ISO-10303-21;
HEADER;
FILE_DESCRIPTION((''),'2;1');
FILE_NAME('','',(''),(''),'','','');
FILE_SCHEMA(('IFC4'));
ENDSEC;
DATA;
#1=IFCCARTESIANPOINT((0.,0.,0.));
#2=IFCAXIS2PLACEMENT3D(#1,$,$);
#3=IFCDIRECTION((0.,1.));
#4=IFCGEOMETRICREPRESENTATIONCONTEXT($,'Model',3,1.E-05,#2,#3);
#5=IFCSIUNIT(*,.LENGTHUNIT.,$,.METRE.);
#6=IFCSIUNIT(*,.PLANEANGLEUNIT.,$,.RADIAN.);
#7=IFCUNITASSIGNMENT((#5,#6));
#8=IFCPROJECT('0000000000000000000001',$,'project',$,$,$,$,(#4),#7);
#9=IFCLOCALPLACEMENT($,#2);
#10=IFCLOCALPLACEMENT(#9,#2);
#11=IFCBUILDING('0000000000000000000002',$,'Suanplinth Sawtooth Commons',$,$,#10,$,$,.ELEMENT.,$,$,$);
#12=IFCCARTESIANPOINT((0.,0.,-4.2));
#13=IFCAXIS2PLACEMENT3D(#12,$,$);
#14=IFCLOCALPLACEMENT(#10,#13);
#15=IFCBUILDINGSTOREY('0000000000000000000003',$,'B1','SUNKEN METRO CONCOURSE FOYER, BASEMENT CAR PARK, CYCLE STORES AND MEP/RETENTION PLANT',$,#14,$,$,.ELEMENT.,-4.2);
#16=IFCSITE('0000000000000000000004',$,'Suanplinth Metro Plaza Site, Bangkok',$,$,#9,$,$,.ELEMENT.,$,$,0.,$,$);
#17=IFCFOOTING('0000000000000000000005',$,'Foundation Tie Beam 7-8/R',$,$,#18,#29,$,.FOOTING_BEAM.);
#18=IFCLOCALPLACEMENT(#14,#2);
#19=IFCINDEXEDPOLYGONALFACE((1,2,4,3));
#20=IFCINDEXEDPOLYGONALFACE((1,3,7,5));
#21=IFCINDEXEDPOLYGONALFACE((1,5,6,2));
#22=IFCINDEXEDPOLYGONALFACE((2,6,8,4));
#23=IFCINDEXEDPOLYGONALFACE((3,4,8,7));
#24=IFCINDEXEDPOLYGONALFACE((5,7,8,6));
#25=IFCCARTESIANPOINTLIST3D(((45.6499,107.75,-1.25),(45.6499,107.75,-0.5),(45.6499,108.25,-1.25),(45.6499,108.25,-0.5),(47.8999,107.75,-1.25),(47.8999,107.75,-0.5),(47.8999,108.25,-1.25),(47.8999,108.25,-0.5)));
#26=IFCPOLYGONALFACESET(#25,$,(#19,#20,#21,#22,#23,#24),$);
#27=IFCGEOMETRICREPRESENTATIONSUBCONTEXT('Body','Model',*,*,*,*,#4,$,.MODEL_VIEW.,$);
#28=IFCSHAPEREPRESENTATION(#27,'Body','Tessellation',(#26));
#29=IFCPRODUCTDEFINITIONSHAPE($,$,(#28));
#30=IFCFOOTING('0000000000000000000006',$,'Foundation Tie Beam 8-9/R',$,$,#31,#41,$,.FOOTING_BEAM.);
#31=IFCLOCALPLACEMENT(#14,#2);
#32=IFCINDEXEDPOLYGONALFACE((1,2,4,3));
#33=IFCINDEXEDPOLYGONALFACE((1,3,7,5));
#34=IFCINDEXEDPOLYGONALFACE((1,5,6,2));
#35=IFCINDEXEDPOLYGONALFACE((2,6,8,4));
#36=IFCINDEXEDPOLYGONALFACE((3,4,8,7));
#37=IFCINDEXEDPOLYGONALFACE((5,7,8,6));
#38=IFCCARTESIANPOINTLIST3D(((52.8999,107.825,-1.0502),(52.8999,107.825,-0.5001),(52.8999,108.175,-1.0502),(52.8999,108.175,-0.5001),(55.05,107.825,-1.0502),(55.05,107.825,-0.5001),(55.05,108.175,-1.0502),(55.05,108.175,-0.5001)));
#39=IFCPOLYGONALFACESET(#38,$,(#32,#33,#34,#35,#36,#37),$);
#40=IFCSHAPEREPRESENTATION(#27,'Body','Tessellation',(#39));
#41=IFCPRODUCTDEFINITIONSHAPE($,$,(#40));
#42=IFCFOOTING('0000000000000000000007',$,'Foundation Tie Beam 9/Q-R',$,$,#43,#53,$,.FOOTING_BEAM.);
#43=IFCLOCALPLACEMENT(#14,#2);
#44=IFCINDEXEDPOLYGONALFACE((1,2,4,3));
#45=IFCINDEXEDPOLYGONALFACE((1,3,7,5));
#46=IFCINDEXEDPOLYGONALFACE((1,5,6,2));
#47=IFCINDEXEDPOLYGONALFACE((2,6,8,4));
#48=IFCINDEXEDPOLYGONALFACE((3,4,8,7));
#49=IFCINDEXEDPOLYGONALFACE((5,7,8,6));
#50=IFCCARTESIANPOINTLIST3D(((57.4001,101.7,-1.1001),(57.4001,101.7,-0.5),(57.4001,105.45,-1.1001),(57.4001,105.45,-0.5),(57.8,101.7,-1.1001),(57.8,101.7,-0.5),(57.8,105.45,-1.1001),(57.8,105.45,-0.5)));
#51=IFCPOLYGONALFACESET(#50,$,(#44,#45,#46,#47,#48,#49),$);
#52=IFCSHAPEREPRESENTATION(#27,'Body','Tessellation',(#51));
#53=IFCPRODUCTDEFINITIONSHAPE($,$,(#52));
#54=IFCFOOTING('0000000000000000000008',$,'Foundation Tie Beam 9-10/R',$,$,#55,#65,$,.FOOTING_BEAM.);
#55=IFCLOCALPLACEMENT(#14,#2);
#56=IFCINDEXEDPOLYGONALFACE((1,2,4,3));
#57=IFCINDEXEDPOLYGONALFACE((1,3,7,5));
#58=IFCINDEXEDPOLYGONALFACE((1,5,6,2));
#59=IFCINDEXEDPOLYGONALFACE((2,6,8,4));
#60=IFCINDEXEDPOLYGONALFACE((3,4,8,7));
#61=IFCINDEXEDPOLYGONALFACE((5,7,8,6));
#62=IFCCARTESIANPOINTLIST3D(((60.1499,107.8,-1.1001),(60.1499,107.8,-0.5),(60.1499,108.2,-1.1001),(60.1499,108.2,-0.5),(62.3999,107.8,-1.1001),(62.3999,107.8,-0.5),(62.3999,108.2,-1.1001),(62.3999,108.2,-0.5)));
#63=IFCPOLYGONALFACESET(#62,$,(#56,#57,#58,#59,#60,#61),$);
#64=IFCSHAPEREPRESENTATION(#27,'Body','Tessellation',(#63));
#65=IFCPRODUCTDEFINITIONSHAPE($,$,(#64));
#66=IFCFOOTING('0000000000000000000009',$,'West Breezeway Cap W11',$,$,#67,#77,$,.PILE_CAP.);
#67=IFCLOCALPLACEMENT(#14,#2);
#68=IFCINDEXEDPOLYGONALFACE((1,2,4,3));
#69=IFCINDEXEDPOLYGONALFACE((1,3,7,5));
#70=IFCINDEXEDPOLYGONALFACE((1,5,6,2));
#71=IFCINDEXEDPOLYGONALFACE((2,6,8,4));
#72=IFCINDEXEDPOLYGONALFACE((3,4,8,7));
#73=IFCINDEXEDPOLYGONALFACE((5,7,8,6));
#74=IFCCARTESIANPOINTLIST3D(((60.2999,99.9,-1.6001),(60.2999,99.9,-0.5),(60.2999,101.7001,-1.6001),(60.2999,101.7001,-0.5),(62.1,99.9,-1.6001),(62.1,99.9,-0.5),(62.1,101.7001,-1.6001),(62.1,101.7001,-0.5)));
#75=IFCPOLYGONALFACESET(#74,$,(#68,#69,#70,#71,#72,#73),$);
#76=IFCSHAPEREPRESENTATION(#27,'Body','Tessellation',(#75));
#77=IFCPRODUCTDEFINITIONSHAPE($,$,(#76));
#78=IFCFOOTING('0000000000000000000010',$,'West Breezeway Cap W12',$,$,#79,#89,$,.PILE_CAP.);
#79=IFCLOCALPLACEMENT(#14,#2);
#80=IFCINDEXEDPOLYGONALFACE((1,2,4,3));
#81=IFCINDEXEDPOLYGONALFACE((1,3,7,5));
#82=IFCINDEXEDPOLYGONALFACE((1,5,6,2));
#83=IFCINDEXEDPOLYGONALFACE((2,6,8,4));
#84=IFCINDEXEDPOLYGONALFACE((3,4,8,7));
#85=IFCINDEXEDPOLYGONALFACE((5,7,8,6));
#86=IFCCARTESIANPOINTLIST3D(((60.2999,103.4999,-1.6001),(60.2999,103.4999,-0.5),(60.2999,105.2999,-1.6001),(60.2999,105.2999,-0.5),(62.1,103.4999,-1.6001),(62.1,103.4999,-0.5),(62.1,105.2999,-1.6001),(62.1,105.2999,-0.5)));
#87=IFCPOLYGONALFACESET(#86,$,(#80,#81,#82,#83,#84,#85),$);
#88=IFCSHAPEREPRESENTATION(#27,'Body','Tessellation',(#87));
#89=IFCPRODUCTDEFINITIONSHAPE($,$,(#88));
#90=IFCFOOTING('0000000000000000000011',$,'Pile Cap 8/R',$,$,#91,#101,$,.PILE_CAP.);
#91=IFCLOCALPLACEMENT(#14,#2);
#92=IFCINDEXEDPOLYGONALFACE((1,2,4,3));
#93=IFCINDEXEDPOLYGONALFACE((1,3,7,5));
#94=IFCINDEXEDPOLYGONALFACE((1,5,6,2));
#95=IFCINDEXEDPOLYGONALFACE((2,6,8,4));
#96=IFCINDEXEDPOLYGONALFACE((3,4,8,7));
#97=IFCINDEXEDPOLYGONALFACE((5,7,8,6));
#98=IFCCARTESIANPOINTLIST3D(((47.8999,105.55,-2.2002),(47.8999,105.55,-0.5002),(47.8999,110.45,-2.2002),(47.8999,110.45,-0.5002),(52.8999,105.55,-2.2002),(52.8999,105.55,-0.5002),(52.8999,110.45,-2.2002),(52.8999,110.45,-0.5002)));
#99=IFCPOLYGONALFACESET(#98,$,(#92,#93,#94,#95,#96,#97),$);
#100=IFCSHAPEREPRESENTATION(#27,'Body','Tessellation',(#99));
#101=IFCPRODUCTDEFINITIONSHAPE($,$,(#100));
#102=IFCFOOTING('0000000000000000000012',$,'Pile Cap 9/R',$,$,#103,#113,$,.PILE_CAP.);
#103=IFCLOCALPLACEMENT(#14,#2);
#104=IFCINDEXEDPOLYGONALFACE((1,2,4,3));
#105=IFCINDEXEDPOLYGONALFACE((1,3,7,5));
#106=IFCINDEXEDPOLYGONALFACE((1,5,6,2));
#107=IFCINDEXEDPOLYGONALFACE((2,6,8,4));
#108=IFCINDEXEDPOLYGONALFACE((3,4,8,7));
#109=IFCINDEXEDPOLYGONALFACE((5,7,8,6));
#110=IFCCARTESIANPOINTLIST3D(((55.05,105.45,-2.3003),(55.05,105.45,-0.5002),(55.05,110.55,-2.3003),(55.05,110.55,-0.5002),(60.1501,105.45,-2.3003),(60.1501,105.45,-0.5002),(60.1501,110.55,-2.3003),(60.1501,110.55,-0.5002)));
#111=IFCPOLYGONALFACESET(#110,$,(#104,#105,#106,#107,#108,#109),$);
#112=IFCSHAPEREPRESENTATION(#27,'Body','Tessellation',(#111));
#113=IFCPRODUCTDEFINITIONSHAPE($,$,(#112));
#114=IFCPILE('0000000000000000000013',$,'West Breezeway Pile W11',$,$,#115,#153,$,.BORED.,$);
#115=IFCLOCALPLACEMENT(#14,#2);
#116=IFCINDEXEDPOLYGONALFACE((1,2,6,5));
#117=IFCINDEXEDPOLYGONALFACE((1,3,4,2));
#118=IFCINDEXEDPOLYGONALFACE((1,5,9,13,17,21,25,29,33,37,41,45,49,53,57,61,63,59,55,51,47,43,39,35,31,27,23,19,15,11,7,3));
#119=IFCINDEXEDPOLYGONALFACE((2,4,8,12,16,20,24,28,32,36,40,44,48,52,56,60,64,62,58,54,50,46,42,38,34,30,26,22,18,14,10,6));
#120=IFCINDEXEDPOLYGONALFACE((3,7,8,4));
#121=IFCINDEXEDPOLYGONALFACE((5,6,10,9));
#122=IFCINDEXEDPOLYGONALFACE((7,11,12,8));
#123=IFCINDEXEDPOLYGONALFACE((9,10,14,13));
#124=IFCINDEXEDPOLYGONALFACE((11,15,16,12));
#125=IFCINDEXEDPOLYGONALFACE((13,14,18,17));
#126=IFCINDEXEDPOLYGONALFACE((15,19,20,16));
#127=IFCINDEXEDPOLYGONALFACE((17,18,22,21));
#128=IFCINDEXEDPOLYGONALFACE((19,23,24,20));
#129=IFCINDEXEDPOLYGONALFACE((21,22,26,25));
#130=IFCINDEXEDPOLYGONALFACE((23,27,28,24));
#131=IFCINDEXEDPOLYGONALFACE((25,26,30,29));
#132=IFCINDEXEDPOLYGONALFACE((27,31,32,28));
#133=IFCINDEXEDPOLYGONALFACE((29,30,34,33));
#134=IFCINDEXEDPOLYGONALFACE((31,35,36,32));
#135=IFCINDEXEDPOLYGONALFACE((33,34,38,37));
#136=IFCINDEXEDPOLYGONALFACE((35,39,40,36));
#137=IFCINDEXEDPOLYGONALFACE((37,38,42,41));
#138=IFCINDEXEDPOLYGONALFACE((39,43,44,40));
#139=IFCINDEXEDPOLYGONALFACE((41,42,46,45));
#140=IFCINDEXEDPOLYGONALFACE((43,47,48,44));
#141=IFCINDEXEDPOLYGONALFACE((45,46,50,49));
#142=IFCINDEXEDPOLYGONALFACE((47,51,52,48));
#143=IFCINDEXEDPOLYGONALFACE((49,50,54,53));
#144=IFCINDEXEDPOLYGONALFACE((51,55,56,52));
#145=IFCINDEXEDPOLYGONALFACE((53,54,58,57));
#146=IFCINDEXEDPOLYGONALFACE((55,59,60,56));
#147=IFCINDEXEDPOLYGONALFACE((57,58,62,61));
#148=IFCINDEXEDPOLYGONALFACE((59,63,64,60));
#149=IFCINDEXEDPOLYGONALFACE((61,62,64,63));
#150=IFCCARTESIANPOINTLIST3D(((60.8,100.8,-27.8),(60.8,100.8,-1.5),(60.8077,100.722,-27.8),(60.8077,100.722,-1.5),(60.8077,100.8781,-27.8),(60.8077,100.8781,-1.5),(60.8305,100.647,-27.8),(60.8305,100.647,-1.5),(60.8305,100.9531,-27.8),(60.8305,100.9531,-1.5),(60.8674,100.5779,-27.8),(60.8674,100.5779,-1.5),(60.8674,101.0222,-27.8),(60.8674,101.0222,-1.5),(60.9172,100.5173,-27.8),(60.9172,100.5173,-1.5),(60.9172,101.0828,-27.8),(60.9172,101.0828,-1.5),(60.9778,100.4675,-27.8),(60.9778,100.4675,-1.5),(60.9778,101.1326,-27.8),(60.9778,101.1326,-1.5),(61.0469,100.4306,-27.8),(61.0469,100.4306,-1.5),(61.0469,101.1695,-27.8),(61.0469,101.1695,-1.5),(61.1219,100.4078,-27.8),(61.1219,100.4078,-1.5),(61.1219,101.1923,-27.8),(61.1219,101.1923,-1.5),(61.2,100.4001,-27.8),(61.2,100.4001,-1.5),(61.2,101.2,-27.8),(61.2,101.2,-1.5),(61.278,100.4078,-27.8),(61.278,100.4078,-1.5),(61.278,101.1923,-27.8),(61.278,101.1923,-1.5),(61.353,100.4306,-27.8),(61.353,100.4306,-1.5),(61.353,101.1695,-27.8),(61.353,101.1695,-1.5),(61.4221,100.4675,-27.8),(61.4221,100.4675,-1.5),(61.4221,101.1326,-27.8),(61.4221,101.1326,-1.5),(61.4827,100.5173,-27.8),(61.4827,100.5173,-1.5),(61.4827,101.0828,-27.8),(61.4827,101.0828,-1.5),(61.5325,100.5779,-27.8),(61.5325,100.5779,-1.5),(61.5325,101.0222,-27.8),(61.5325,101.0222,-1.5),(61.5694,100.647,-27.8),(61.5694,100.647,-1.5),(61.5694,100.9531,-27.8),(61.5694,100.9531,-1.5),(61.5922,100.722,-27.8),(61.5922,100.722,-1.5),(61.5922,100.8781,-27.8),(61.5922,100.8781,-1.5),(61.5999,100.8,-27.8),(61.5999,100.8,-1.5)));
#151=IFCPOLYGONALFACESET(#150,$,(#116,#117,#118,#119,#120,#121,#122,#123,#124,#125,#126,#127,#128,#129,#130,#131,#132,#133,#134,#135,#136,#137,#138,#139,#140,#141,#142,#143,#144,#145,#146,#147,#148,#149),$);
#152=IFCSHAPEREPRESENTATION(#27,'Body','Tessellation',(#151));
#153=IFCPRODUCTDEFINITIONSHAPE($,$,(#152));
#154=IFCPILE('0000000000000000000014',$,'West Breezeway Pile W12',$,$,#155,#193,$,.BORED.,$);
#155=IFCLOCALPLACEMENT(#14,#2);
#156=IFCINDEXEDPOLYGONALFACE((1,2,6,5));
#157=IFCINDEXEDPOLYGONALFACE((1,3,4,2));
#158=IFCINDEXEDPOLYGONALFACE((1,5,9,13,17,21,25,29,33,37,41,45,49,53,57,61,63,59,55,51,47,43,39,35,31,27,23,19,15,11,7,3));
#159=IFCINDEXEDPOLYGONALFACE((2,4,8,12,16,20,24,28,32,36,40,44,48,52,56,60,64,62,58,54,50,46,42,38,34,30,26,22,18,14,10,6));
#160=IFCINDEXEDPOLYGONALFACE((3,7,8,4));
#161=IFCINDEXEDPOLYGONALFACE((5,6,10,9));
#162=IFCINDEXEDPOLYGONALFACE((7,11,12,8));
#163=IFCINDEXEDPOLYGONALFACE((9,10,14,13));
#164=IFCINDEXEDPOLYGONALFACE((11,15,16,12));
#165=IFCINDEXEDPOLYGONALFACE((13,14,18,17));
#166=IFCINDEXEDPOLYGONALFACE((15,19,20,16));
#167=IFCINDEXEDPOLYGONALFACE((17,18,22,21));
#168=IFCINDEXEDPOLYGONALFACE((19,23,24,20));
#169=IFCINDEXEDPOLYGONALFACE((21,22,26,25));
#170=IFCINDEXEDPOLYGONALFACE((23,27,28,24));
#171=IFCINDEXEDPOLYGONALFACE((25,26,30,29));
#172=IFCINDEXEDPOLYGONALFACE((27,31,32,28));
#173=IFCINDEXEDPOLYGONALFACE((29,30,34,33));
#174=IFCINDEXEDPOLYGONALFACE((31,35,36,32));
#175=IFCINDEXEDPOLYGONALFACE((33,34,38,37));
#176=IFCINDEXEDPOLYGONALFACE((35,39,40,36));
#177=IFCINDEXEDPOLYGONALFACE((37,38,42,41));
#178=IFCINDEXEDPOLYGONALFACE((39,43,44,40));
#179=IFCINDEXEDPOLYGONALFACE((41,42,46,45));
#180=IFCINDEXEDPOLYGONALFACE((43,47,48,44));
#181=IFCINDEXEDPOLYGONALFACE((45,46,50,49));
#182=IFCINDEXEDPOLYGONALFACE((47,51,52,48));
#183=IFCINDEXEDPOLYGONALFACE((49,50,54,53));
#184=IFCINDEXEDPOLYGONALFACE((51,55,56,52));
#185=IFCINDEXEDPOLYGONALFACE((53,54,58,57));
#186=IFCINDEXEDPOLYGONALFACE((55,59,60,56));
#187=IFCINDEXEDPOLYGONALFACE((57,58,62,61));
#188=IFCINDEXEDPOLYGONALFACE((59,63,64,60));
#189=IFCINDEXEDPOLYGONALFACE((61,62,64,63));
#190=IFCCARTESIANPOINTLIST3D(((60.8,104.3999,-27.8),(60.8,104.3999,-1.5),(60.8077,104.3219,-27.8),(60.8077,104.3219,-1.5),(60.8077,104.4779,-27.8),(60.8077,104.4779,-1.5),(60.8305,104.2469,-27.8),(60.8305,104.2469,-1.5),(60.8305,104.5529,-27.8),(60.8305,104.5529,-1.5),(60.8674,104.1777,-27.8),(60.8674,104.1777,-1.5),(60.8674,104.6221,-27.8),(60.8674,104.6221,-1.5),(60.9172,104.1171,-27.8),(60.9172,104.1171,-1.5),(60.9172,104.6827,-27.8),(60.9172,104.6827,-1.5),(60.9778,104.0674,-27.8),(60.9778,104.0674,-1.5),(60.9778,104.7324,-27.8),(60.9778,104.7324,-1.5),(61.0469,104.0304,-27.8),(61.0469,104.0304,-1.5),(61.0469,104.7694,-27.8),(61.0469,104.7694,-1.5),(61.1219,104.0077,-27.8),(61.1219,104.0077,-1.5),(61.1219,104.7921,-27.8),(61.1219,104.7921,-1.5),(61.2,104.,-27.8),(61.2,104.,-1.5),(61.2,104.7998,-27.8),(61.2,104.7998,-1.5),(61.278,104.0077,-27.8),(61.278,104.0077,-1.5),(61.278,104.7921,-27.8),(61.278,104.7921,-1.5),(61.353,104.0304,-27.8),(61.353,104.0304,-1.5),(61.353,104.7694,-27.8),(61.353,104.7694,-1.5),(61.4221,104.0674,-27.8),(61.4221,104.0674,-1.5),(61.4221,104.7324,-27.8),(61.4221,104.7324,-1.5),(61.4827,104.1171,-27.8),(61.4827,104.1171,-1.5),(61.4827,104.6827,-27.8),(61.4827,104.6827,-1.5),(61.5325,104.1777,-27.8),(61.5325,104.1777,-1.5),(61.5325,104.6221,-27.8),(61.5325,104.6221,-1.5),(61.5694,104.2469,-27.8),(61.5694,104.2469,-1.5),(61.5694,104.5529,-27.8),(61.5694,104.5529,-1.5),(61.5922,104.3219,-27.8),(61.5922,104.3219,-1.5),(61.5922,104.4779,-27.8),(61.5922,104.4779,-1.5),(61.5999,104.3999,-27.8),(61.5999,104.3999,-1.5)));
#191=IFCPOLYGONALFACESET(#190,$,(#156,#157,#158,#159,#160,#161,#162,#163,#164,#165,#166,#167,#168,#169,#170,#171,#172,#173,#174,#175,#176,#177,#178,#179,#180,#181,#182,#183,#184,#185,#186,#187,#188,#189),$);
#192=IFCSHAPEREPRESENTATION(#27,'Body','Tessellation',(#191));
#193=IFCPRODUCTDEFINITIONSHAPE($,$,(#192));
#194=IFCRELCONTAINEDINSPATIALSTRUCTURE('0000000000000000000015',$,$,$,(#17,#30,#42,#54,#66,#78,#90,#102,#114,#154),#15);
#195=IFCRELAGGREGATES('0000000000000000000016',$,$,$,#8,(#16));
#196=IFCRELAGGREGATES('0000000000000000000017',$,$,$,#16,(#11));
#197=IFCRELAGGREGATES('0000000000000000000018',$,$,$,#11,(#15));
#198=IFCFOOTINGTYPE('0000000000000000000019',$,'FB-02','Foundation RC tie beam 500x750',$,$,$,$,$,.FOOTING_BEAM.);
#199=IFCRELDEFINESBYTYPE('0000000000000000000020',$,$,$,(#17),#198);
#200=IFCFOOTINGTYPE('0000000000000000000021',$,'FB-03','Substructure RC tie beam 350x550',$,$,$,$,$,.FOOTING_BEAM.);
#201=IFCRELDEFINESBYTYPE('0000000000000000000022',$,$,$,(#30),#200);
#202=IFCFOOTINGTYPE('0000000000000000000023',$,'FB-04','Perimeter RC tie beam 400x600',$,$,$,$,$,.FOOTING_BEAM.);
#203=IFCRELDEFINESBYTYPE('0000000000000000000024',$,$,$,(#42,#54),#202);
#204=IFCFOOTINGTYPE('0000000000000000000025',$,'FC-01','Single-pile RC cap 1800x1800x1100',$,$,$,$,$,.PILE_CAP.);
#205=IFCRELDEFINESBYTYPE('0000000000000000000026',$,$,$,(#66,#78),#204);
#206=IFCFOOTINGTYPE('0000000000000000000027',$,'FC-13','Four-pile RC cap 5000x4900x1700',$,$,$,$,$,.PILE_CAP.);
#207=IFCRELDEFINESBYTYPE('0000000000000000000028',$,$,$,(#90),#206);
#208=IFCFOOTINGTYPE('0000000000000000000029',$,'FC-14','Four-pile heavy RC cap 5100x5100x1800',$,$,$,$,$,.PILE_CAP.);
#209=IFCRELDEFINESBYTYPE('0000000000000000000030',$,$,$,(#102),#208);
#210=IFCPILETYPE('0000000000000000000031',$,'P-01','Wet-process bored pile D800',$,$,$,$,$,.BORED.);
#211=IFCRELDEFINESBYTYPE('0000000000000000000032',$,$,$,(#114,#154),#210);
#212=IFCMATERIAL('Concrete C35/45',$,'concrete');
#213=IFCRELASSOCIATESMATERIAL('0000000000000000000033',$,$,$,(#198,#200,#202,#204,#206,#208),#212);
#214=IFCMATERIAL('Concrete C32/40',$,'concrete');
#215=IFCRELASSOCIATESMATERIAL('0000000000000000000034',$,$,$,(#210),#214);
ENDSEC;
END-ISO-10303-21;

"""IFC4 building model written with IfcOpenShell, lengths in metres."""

from ifc_helpers import new_model, si_unit, direction, frame, origin, origin_2d, place, context, subcontext, project, spatial, rectangle, circle, extrude, material, material_profile, profile_set, type_object, element, save


model = new_model("IFC4")

# Units and contexts
model_context = context("Model", 3, precision=1e-05, world=origin(), true_north=direction((0.0, 1.0)))
body_context = subcontext(model_context, "Body", "Model", "MODEL_VIEW")
ifc_project = project(units=[si_unit("LENGTHUNIT", "METRE"), si_unit("PLANEANGLEUNIT", "RADIAN")], contexts=[model_context])

# Site, building, storey
site_placement = place(None, origin())
site = spatial("IfcSite", under=ifc_project, at=site_placement, Name="Suanplinth Metro Plaza Site, Bangkok", CompositionType="ELEMENT", RefElevation=0.0)
building_placement = place(site_placement, origin())
building = spatial("IfcBuilding", under=site, at=building_placement, Name="Suanplinth Sawtooth Commons", CompositionType="ELEMENT")
storey_placement = place(building_placement, frame((0.0, 0.0, -4.2)))
storey = spatial("IfcBuildingStorey", under=building, at=storey_placement, Name="B1", Description="SUNKEN METRO CONCOURSE FOYER, BASEMENT CAR PARK, CYCLE STORES AND MEP/RETENTION PLANT", CompositionType="ELEMENT", Elevation=-4.2)

# Footings
ifc_material_1 = material(Name="Concrete C35/45", Category="concrete")
ifc_material_profile_1 = material_profile(ifc_material_1, rectangle(XDim=0.5, YDim=0.75, at=origin_2d()), Name="RC-GDR 500x750")
ifc_profile_set_1 = profile_set([ifc_material_profile_1], Name="Concrete C35/45")
footing_type_1 = type_object("IfcFootingType", Name="FB-02", Description="Foundation RC tie beam 500x750", PredefinedType="FOOTING_BEAM", material=ifc_profile_set_1)
footing_1_placement = place(storey_placement, frame((45.6499, 108.0, -0.875), z_axis=(1.0, 0.0, 0.0), x_axis=(0.0, 1.0, 0.0)))
element("IfcFooting", 1, at=footing_1_placement, inside=storey, type_object=footing_type_1, Name="Foundation Tie Beam 7-8/R", PredefinedType="FOOTING_BEAM", context=body_context, shape_type="SweptSolid", body=[
    extrude(rectangle(XDim=0.5, YDim=0.75, at=origin_2d()), origin(), (0.0, 0.0, 1.0), 2.25),
])
ifc_material_profile_2 = material_profile(ifc_material_1, rectangle(XDim=0.3501, YDim=0.55, at=origin_2d()), Name="PC-BM 350x550")
ifc_profile_set_2 = profile_set([ifc_material_profile_2], Name="Concrete C35/45")
footing_type_2 = type_object("IfcFootingType", Name="FB-03", Description="Substructure RC tie beam 350x550", PredefinedType="FOOTING_BEAM", material=ifc_profile_set_2)
footing_2_placement = place(storey_placement, frame((52.8999, 108.0, -0.7751), z_axis=(1.0, 0.0, 0.0), x_axis=(0.0, 1.0, 0.0)))
element("IfcFooting", 2, at=footing_2_placement, inside=storey, type_object=footing_type_2, Name="Foundation Tie Beam 8-9/R", PredefinedType="FOOTING_BEAM", context=body_context, shape_type="SweptSolid", body=[
    extrude(rectangle(XDim=0.3501, YDim=0.55, at=origin_2d()), origin(), (0.0, 0.0, 1.0), 2.1501),
])
ifc_material_profile_3 = material_profile(ifc_material_1, rectangle(XDim=0.3999, YDim=0.6001, at=origin_2d()), Name="PC-GDR 400x600")
ifc_profile_set_3 = profile_set([ifc_material_profile_3], Name="Concrete C35/45")
footing_type_3 = type_object("IfcFootingType", Name="FB-04", Description="Perimeter RC tie beam 400x600", PredefinedType="FOOTING_BEAM", material=ifc_profile_set_3)
footing_3_placement = place(storey_placement, frame((57.6001, 101.7, -0.8), z_axis=(0.0, 1.0, 0.0), x_axis=(-1.0, 0.0, 0.0)))
element("IfcFooting", 3, at=footing_3_placement, inside=storey, type_object=footing_type_3, Name="Foundation Tie Beam 9/Q-R", PredefinedType="FOOTING_BEAM", context=body_context, shape_type="SweptSolid", body=[
    extrude(rectangle(XDim=0.3999, YDim=0.6001, at=origin_2d()), origin(), (0.0, 0.0, 1.0), 3.75),
])
footing_4_placement = place(storey_placement, frame((60.1499, 108.0, -0.8), z_axis=(1.0, 0.0, 0.0), x_axis=(0.0, 1.0, 0.0)))
element("IfcFooting", 4, at=footing_4_placement, inside=storey, type_object=footing_type_3, Name="Foundation Tie Beam 9-10/R", PredefinedType="FOOTING_BEAM", context=body_context, shape_type="SweptSolid", body=[
    extrude(rectangle(XDim=0.3999, YDim=0.6001, at=origin_2d()), origin(), (0.0, 0.0, 1.0), 2.25),
])
footing_type_4 = type_object("IfcFootingType", Name="FC-01", Description="Single-pile RC cap 1800x1800x1100", PredefinedType="PILE_CAP", material=ifc_material_1)
for number, where, z_axis, x_axis, name in (
    (5, (61.2, 100.8, -1.6001), (0.0, 0.0, 1.0), (1.0, 0.0, 0.0), "West Breezeway Cap W11"),
    (6, (61.2, 104.3999, -1.6001), (0.0, 0.0, 1.0), (1.0, 0.0, 0.0), "West Breezeway Cap W12"),
):
    element("IfcFooting", number, at=place(storey_placement, frame(where, z_axis=z_axis, x_axis=x_axis)), inside=storey, type_object=footing_type_4, Name=name, PredefinedType="PILE_CAP", context=body_context, shape_type="SweptSolid", body=[
        extrude(rectangle(XDim=1.8, YDim=1.8, at=origin_2d()), origin(), (0.0, 0.0, 1.0), 1.1001),
    ])
footing_type_5 = type_object("IfcFootingType", Name="FC-13", Description="Four-pile RC cap 5000x4900x1700", PredefinedType="PILE_CAP", material=ifc_material_1)
footing_5_placement = place(storey_placement, frame((50.3999, 108.0, -2.2002), z_axis=(0.0, 0.0, 1.0), x_axis=(1.0, 0.0, 0.0)))
element("IfcFooting", 7, at=footing_5_placement, inside=storey, type_object=footing_type_5, Name="Pile Cap 8/R", PredefinedType="PILE_CAP", context=body_context, shape_type="SweptSolid", body=[
    extrude(rectangle(XDim=5.0, YDim=4.8999, at=origin_2d()), origin(), (0.0, 0.0, 1.0), 1.7),
])
footing_type_6 = type_object("IfcFootingType", Name="FC-14", Description="Four-pile heavy RC cap 5100x5100x1800", PredefinedType="PILE_CAP", material=ifc_material_1)
footing_6_placement = place(storey_placement, frame((57.6001, 108.0, -2.3003), z_axis=(0.0, 0.0, 1.0), x_axis=(1.0, 0.0, 0.0)))
element("IfcFooting", 8, at=footing_6_placement, inside=storey, type_object=footing_type_6, Name="Pile Cap 9/R", PredefinedType="PILE_CAP", context=body_context, shape_type="SweptSolid", body=[
    extrude(rectangle(XDim=5.1001, YDim=5.1001, at=origin_2d()), origin(), (0.0, 0.0, 1.0), 1.8),
])

# Piles
ifc_material_2 = material(Name="Concrete C32/40", Category="concrete")
ifc_material_profile_4 = material_profile(ifc_material_2, circle(Radius=0.3999, at=origin_2d()), Name="PILE D800")
ifc_profile_set_4 = profile_set([ifc_material_profile_4], Name="Concrete C32/40")
pile_type_1 = type_object("IfcPileType", Name="P-01", Description="Wet-process bored pile D800", PredefinedType="BORED", material=ifc_profile_set_4)
for number, where, z_axis, x_axis, name in (
    (9, (61.2, 100.8, -1.5), (0.0, 0.0, -1.0), (1.0, 0.0, 0.0), "West Breezeway Pile W11"),
    (10, (61.2, 104.3999, -1.5), (0.0, 0.0, -1.0), (1.0, 0.0, 0.0), "West Breezeway Pile W12"),
):
    element("IfcPile", number, at=place(storey_placement, frame(where, z_axis=z_axis, x_axis=x_axis)), inside=storey, type_object=pile_type_1, Name=name, PredefinedType="BORED", context=body_context, shape_type="SweptSolid", body=[
        extrude(circle(Radius=0.3999, at=origin_2d()), origin(), (0.0, 0.0, 1.0), 26.3),
    ])

save(model, "model.ifc")
